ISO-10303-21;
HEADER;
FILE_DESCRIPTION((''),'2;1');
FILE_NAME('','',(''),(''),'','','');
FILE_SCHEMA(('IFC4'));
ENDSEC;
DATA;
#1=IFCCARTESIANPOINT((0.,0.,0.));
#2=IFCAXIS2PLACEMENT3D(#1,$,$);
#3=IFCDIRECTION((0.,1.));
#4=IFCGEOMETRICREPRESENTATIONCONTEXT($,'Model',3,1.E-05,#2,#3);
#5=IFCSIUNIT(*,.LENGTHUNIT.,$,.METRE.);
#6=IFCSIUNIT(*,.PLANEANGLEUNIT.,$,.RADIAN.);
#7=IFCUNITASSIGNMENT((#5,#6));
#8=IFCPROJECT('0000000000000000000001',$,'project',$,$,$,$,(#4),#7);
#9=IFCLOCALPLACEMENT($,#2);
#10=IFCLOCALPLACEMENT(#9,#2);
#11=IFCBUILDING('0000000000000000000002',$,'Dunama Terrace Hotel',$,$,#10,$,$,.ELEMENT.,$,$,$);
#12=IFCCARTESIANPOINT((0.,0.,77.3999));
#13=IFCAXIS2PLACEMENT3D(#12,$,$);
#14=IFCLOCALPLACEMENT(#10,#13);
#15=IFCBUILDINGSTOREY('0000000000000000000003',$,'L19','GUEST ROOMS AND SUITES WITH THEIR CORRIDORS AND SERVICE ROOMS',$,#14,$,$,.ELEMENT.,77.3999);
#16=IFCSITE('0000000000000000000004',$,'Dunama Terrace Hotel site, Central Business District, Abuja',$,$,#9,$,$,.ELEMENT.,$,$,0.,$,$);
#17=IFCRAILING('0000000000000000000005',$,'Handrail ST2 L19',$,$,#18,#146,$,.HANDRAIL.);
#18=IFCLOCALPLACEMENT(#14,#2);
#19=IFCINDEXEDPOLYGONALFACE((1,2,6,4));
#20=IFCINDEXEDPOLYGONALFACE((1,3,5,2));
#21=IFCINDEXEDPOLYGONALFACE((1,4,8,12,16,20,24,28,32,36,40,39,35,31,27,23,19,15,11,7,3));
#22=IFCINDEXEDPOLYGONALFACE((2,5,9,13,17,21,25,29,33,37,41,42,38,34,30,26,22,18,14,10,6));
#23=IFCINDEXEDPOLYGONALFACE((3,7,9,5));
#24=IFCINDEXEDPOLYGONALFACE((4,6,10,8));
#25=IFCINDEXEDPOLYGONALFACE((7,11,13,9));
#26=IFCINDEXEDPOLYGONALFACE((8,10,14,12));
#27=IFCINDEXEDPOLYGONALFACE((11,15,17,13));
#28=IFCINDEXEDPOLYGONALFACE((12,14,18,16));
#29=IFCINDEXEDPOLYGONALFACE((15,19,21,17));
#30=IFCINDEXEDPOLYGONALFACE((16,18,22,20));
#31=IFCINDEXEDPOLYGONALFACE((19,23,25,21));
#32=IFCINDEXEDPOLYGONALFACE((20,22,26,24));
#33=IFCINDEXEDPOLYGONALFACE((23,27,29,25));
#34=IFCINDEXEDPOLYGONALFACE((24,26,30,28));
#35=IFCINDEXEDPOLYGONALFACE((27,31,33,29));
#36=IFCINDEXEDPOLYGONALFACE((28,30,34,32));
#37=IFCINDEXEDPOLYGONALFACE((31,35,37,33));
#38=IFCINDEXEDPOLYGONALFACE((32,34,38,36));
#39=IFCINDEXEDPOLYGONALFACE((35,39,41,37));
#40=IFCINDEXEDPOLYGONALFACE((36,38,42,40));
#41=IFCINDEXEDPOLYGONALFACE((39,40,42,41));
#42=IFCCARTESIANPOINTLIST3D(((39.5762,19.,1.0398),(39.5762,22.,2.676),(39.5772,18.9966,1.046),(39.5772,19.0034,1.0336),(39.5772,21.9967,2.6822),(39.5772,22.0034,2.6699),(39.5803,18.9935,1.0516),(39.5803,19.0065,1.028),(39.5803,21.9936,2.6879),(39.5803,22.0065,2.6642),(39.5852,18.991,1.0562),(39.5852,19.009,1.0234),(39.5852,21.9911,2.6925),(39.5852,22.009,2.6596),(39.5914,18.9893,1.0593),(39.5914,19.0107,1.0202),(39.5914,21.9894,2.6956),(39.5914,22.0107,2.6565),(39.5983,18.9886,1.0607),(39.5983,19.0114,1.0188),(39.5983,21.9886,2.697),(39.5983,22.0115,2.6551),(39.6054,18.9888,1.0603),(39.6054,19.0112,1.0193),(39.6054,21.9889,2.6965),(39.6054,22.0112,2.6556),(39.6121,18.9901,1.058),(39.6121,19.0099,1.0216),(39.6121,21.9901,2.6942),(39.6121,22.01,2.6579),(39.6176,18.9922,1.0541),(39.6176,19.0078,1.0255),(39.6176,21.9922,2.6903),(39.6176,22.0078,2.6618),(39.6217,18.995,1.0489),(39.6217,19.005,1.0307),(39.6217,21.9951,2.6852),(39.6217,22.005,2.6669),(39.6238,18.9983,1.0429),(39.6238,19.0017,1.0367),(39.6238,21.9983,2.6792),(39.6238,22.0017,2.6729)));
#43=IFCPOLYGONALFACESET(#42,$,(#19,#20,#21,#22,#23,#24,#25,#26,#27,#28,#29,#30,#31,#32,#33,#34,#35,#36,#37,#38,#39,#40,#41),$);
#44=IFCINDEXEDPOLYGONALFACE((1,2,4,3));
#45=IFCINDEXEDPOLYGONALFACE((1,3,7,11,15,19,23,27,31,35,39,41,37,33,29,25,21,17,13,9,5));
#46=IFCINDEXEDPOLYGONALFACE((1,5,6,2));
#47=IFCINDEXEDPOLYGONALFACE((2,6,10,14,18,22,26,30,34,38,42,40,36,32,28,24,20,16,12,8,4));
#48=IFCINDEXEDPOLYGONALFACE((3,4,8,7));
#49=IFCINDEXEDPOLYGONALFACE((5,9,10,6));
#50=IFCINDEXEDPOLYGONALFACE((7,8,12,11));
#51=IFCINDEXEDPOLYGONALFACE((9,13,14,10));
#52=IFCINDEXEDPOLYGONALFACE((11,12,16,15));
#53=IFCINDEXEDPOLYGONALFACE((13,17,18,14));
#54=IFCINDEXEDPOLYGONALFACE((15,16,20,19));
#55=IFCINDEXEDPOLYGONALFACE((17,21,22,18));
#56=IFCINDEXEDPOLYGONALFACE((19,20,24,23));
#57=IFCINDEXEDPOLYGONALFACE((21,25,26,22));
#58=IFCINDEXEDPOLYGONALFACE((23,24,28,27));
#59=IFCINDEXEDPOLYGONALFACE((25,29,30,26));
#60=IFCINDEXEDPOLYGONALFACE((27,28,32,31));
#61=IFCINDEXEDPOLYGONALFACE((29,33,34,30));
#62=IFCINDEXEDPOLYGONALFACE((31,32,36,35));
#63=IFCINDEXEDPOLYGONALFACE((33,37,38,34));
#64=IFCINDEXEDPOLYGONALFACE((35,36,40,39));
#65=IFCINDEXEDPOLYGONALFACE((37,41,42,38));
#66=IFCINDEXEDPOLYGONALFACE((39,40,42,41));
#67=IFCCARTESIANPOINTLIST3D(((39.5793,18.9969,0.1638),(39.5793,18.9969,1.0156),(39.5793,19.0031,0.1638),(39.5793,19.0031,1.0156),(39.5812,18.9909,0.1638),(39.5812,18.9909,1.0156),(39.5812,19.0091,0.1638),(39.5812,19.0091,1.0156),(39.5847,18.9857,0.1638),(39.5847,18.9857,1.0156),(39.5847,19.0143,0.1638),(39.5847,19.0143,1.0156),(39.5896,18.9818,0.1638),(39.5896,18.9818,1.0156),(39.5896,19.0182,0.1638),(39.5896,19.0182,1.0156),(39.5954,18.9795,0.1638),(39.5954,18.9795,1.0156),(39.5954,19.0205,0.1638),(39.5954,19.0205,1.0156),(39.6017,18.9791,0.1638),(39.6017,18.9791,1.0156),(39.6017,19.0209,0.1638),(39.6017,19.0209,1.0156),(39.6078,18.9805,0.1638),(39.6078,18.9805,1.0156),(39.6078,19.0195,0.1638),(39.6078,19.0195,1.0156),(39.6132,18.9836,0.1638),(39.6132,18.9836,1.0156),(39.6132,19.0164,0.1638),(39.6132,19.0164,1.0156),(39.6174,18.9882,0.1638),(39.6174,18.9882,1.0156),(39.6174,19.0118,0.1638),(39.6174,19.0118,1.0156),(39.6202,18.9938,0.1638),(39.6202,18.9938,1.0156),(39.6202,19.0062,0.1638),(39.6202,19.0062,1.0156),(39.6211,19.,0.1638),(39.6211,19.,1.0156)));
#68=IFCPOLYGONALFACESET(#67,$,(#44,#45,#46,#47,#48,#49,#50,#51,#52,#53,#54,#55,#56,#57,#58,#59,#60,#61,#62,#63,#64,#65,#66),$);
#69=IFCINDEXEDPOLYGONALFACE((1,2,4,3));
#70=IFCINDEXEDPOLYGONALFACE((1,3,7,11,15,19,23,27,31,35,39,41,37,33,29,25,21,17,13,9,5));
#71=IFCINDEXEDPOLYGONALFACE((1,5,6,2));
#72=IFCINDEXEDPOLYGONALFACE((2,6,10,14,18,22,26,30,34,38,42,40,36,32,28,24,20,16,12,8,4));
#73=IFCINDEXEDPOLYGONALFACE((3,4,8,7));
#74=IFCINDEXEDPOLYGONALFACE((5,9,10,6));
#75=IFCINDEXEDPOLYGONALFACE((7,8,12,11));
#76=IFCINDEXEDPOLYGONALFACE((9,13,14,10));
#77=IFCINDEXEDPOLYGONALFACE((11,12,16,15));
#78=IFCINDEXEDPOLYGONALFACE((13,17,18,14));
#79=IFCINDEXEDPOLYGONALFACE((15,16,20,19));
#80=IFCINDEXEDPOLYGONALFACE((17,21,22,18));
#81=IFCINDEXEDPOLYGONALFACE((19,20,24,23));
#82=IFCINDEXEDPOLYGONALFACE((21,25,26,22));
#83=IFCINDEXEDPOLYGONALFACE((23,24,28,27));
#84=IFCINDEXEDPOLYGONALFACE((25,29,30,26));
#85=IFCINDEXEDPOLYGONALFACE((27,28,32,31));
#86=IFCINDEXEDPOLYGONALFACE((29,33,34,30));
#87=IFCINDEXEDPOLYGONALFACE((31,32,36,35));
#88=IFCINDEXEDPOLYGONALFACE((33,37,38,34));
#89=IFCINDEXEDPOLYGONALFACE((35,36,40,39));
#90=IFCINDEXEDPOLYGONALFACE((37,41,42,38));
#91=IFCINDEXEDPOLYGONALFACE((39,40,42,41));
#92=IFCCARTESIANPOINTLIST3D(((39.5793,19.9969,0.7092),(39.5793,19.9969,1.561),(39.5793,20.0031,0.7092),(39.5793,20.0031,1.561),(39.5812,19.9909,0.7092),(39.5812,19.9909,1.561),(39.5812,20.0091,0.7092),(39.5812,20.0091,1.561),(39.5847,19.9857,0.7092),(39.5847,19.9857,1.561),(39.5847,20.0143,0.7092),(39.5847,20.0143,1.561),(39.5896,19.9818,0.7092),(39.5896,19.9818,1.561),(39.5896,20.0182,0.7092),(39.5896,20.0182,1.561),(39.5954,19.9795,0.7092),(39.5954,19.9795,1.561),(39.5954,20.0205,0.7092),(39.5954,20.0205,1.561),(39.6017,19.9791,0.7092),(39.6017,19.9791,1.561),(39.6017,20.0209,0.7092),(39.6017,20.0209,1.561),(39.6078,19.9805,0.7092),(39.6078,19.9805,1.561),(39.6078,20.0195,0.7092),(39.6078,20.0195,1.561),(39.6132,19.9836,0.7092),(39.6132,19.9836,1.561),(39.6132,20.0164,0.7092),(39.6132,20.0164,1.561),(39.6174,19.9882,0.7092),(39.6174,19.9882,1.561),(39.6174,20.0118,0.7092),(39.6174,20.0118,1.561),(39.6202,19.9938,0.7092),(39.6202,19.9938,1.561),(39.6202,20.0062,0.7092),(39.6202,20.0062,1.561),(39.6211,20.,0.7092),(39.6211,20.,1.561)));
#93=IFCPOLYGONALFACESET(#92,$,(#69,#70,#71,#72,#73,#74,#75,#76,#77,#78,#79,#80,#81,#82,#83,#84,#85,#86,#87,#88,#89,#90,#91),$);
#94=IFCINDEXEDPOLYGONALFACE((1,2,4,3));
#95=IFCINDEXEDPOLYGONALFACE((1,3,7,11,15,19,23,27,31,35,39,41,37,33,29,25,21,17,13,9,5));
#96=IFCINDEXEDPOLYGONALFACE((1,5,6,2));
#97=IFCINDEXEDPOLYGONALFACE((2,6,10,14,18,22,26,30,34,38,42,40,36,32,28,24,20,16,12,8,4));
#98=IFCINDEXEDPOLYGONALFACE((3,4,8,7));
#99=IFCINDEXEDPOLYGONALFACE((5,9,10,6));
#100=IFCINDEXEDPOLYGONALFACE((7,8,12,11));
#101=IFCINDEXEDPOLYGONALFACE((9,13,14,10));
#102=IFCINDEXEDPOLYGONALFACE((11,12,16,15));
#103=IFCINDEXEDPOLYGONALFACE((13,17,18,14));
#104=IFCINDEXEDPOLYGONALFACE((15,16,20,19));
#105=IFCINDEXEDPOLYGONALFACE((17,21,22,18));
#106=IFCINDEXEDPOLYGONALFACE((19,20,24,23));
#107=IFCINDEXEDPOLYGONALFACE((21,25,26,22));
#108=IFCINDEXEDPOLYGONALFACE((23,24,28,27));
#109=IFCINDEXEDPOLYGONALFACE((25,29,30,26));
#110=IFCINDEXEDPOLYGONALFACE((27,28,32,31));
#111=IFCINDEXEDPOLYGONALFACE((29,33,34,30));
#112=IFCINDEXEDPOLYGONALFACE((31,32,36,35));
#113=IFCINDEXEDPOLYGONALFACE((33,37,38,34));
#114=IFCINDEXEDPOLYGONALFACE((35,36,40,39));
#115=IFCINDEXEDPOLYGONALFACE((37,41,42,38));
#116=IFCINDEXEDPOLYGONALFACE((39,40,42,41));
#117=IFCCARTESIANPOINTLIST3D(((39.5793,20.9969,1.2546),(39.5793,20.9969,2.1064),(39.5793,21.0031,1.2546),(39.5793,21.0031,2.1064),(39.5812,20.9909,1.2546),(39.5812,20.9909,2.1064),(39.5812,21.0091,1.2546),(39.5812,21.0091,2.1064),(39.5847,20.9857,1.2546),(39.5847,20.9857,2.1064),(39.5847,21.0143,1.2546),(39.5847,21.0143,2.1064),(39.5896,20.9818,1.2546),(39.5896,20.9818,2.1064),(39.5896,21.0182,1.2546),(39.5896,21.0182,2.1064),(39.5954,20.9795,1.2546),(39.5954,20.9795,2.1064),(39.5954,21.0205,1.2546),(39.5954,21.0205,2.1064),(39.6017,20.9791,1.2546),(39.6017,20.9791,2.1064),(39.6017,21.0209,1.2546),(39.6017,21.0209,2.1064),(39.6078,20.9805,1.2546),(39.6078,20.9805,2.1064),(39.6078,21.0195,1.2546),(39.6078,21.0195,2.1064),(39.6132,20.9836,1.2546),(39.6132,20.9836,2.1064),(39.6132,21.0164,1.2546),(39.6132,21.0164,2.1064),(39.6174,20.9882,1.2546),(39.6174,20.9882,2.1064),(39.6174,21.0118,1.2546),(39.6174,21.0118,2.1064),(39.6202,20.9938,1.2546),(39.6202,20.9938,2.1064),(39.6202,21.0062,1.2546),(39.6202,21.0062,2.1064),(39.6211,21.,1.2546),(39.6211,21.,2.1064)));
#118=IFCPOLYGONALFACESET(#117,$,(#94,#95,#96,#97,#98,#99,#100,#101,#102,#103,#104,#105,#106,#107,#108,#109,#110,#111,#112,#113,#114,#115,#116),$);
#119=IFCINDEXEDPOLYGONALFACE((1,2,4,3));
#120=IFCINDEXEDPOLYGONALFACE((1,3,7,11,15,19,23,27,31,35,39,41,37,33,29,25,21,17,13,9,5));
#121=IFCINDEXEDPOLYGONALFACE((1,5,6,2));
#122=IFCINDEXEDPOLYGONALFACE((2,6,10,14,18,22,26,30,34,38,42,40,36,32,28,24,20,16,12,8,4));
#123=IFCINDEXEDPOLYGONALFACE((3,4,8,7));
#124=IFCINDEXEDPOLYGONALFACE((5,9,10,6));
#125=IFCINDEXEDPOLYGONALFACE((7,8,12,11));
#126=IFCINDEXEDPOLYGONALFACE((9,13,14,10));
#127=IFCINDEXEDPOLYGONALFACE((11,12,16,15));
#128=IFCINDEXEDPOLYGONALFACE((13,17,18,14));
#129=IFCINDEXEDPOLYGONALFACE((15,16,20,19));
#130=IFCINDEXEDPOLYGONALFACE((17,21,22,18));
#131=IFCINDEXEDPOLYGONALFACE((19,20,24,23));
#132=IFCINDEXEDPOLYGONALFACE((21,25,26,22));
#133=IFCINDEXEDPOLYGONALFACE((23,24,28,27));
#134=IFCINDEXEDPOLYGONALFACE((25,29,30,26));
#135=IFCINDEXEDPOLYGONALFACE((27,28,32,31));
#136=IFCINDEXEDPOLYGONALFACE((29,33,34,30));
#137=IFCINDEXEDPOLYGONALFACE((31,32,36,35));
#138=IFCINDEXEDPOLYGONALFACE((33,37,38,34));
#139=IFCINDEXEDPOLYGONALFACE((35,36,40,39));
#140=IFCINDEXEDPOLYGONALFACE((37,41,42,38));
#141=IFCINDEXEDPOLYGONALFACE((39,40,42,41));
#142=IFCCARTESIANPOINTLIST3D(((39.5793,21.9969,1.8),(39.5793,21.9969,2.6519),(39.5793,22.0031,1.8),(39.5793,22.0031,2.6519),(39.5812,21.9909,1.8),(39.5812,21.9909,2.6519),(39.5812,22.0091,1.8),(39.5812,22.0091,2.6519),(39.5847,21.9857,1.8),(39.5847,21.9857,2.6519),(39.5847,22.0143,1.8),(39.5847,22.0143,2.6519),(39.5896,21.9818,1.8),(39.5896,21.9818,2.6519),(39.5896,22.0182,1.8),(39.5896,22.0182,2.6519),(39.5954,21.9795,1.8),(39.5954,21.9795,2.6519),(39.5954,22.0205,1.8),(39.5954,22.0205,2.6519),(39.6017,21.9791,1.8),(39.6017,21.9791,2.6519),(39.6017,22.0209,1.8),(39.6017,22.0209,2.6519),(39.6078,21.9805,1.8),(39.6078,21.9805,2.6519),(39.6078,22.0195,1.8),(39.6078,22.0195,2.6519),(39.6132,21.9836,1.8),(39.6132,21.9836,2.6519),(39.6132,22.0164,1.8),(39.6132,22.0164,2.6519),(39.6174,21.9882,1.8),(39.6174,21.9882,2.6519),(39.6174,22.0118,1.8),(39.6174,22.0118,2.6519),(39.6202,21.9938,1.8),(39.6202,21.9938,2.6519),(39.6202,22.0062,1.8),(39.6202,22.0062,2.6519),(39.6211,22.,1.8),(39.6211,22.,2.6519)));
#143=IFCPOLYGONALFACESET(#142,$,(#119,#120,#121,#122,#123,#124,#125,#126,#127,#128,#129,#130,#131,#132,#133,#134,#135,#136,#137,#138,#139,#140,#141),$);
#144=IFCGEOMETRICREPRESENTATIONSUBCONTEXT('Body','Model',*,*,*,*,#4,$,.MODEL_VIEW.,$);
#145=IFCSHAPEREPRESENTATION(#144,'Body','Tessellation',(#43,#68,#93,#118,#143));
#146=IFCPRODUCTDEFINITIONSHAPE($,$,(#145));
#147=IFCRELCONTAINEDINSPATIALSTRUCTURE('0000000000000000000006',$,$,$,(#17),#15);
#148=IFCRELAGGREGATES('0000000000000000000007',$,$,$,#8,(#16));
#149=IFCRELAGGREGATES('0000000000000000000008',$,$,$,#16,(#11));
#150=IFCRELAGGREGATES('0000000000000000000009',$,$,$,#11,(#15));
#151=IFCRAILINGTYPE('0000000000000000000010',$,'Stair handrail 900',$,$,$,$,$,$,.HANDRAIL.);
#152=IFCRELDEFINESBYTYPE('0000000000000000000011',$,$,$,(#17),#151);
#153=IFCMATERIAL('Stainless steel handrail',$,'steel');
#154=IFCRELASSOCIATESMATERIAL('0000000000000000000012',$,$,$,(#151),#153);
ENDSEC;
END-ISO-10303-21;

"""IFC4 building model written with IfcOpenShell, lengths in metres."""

from ifc_helpers import new_model, si_unit, direction, frame, origin, origin_2d, place, context, subcontext, project, spatial, circle, extrude, material, type_object, element, save


model = new_model("IFC4")

# Units and contexts
model_context = context("Model", 3, precision=1e-05, world=origin(), true_north=direction((0.0, 1.0)))
body_context = subcontext(model_context, "Body", "Model", "MODEL_VIEW")
ifc_project = project(units=[si_unit("LENGTHUNIT", "METRE"), si_unit("PLANEANGLEUNIT", "RADIAN")], contexts=[model_context])

# Site, building, storey
site_placement = place(None, origin())
site = spatial("IfcSite", under=ifc_project, at=site_placement, Name="Dunama Terrace Hotel site, Central Business District, Abuja", CompositionType="ELEMENT", RefElevation=0.0)
building_placement = place(site_placement, origin())
building = spatial("IfcBuilding", under=site, at=building_placement, Name="Dunama Terrace Hotel", CompositionType="ELEMENT")
storey_placement = place(building_placement, frame((0.0, 0.0, 77.3999)))
storey = spatial("IfcBuildingStorey", under=building, at=storey_placement, Name="L19", Description="GUEST ROOMS AND SUITES WITH THEIR CORRIDORS AND SERVICE ROOMS", CompositionType="ELEMENT", Elevation=77.3999)

# Railing
ifc_material_1 = material(Name="Stainless steel handrail", Category="steel")
railing_type = type_object("IfcRailingType", Name="Stair handrail 900", PredefinedType="HANDRAIL", material=ifc_material_1)
railing_1_placement = place(storey_placement, frame((39.6001, 19.0, 0.1638)))
element("IfcRailing", 1, at=railing_1_placement, inside=storey, type_object=railing_type, Name="Handrail ST2 L19", PredefinedType="HANDRAIL", context=body_context, shape_type="SweptSolid", body=[
    extrude(circle(Radius=0.0239, at=origin_2d()), frame((0.0, 0.0, 0.876), z_axis=(0.0, 0.877912, 0.478822), x_axis=(-1.0, 0.0, 0.0)), (0.0, 0.0, 1.0), 3.4172),
    extrude(circle(Radius=0.021, at=origin_2d()), origin(), (0.0, 0.0, 1.0), 0.8518),
    extrude(circle(Radius=0.021, at=origin_2d()), frame((0.0, 1.0, 0.5454)), (0.0, 0.0, 1.0), 0.8518),
    extrude(circle(Radius=0.021, at=origin_2d()), frame((0.0, 2.0, 1.0908)), (0.0, 0.0, 1.0), 0.8518),
    extrude(circle(Radius=0.021, at=origin_2d()), frame((0.0, 3.0, 1.6362)), (0.0, 0.0, 1.0), 0.8518),
])

save(model, "model.ifc")
